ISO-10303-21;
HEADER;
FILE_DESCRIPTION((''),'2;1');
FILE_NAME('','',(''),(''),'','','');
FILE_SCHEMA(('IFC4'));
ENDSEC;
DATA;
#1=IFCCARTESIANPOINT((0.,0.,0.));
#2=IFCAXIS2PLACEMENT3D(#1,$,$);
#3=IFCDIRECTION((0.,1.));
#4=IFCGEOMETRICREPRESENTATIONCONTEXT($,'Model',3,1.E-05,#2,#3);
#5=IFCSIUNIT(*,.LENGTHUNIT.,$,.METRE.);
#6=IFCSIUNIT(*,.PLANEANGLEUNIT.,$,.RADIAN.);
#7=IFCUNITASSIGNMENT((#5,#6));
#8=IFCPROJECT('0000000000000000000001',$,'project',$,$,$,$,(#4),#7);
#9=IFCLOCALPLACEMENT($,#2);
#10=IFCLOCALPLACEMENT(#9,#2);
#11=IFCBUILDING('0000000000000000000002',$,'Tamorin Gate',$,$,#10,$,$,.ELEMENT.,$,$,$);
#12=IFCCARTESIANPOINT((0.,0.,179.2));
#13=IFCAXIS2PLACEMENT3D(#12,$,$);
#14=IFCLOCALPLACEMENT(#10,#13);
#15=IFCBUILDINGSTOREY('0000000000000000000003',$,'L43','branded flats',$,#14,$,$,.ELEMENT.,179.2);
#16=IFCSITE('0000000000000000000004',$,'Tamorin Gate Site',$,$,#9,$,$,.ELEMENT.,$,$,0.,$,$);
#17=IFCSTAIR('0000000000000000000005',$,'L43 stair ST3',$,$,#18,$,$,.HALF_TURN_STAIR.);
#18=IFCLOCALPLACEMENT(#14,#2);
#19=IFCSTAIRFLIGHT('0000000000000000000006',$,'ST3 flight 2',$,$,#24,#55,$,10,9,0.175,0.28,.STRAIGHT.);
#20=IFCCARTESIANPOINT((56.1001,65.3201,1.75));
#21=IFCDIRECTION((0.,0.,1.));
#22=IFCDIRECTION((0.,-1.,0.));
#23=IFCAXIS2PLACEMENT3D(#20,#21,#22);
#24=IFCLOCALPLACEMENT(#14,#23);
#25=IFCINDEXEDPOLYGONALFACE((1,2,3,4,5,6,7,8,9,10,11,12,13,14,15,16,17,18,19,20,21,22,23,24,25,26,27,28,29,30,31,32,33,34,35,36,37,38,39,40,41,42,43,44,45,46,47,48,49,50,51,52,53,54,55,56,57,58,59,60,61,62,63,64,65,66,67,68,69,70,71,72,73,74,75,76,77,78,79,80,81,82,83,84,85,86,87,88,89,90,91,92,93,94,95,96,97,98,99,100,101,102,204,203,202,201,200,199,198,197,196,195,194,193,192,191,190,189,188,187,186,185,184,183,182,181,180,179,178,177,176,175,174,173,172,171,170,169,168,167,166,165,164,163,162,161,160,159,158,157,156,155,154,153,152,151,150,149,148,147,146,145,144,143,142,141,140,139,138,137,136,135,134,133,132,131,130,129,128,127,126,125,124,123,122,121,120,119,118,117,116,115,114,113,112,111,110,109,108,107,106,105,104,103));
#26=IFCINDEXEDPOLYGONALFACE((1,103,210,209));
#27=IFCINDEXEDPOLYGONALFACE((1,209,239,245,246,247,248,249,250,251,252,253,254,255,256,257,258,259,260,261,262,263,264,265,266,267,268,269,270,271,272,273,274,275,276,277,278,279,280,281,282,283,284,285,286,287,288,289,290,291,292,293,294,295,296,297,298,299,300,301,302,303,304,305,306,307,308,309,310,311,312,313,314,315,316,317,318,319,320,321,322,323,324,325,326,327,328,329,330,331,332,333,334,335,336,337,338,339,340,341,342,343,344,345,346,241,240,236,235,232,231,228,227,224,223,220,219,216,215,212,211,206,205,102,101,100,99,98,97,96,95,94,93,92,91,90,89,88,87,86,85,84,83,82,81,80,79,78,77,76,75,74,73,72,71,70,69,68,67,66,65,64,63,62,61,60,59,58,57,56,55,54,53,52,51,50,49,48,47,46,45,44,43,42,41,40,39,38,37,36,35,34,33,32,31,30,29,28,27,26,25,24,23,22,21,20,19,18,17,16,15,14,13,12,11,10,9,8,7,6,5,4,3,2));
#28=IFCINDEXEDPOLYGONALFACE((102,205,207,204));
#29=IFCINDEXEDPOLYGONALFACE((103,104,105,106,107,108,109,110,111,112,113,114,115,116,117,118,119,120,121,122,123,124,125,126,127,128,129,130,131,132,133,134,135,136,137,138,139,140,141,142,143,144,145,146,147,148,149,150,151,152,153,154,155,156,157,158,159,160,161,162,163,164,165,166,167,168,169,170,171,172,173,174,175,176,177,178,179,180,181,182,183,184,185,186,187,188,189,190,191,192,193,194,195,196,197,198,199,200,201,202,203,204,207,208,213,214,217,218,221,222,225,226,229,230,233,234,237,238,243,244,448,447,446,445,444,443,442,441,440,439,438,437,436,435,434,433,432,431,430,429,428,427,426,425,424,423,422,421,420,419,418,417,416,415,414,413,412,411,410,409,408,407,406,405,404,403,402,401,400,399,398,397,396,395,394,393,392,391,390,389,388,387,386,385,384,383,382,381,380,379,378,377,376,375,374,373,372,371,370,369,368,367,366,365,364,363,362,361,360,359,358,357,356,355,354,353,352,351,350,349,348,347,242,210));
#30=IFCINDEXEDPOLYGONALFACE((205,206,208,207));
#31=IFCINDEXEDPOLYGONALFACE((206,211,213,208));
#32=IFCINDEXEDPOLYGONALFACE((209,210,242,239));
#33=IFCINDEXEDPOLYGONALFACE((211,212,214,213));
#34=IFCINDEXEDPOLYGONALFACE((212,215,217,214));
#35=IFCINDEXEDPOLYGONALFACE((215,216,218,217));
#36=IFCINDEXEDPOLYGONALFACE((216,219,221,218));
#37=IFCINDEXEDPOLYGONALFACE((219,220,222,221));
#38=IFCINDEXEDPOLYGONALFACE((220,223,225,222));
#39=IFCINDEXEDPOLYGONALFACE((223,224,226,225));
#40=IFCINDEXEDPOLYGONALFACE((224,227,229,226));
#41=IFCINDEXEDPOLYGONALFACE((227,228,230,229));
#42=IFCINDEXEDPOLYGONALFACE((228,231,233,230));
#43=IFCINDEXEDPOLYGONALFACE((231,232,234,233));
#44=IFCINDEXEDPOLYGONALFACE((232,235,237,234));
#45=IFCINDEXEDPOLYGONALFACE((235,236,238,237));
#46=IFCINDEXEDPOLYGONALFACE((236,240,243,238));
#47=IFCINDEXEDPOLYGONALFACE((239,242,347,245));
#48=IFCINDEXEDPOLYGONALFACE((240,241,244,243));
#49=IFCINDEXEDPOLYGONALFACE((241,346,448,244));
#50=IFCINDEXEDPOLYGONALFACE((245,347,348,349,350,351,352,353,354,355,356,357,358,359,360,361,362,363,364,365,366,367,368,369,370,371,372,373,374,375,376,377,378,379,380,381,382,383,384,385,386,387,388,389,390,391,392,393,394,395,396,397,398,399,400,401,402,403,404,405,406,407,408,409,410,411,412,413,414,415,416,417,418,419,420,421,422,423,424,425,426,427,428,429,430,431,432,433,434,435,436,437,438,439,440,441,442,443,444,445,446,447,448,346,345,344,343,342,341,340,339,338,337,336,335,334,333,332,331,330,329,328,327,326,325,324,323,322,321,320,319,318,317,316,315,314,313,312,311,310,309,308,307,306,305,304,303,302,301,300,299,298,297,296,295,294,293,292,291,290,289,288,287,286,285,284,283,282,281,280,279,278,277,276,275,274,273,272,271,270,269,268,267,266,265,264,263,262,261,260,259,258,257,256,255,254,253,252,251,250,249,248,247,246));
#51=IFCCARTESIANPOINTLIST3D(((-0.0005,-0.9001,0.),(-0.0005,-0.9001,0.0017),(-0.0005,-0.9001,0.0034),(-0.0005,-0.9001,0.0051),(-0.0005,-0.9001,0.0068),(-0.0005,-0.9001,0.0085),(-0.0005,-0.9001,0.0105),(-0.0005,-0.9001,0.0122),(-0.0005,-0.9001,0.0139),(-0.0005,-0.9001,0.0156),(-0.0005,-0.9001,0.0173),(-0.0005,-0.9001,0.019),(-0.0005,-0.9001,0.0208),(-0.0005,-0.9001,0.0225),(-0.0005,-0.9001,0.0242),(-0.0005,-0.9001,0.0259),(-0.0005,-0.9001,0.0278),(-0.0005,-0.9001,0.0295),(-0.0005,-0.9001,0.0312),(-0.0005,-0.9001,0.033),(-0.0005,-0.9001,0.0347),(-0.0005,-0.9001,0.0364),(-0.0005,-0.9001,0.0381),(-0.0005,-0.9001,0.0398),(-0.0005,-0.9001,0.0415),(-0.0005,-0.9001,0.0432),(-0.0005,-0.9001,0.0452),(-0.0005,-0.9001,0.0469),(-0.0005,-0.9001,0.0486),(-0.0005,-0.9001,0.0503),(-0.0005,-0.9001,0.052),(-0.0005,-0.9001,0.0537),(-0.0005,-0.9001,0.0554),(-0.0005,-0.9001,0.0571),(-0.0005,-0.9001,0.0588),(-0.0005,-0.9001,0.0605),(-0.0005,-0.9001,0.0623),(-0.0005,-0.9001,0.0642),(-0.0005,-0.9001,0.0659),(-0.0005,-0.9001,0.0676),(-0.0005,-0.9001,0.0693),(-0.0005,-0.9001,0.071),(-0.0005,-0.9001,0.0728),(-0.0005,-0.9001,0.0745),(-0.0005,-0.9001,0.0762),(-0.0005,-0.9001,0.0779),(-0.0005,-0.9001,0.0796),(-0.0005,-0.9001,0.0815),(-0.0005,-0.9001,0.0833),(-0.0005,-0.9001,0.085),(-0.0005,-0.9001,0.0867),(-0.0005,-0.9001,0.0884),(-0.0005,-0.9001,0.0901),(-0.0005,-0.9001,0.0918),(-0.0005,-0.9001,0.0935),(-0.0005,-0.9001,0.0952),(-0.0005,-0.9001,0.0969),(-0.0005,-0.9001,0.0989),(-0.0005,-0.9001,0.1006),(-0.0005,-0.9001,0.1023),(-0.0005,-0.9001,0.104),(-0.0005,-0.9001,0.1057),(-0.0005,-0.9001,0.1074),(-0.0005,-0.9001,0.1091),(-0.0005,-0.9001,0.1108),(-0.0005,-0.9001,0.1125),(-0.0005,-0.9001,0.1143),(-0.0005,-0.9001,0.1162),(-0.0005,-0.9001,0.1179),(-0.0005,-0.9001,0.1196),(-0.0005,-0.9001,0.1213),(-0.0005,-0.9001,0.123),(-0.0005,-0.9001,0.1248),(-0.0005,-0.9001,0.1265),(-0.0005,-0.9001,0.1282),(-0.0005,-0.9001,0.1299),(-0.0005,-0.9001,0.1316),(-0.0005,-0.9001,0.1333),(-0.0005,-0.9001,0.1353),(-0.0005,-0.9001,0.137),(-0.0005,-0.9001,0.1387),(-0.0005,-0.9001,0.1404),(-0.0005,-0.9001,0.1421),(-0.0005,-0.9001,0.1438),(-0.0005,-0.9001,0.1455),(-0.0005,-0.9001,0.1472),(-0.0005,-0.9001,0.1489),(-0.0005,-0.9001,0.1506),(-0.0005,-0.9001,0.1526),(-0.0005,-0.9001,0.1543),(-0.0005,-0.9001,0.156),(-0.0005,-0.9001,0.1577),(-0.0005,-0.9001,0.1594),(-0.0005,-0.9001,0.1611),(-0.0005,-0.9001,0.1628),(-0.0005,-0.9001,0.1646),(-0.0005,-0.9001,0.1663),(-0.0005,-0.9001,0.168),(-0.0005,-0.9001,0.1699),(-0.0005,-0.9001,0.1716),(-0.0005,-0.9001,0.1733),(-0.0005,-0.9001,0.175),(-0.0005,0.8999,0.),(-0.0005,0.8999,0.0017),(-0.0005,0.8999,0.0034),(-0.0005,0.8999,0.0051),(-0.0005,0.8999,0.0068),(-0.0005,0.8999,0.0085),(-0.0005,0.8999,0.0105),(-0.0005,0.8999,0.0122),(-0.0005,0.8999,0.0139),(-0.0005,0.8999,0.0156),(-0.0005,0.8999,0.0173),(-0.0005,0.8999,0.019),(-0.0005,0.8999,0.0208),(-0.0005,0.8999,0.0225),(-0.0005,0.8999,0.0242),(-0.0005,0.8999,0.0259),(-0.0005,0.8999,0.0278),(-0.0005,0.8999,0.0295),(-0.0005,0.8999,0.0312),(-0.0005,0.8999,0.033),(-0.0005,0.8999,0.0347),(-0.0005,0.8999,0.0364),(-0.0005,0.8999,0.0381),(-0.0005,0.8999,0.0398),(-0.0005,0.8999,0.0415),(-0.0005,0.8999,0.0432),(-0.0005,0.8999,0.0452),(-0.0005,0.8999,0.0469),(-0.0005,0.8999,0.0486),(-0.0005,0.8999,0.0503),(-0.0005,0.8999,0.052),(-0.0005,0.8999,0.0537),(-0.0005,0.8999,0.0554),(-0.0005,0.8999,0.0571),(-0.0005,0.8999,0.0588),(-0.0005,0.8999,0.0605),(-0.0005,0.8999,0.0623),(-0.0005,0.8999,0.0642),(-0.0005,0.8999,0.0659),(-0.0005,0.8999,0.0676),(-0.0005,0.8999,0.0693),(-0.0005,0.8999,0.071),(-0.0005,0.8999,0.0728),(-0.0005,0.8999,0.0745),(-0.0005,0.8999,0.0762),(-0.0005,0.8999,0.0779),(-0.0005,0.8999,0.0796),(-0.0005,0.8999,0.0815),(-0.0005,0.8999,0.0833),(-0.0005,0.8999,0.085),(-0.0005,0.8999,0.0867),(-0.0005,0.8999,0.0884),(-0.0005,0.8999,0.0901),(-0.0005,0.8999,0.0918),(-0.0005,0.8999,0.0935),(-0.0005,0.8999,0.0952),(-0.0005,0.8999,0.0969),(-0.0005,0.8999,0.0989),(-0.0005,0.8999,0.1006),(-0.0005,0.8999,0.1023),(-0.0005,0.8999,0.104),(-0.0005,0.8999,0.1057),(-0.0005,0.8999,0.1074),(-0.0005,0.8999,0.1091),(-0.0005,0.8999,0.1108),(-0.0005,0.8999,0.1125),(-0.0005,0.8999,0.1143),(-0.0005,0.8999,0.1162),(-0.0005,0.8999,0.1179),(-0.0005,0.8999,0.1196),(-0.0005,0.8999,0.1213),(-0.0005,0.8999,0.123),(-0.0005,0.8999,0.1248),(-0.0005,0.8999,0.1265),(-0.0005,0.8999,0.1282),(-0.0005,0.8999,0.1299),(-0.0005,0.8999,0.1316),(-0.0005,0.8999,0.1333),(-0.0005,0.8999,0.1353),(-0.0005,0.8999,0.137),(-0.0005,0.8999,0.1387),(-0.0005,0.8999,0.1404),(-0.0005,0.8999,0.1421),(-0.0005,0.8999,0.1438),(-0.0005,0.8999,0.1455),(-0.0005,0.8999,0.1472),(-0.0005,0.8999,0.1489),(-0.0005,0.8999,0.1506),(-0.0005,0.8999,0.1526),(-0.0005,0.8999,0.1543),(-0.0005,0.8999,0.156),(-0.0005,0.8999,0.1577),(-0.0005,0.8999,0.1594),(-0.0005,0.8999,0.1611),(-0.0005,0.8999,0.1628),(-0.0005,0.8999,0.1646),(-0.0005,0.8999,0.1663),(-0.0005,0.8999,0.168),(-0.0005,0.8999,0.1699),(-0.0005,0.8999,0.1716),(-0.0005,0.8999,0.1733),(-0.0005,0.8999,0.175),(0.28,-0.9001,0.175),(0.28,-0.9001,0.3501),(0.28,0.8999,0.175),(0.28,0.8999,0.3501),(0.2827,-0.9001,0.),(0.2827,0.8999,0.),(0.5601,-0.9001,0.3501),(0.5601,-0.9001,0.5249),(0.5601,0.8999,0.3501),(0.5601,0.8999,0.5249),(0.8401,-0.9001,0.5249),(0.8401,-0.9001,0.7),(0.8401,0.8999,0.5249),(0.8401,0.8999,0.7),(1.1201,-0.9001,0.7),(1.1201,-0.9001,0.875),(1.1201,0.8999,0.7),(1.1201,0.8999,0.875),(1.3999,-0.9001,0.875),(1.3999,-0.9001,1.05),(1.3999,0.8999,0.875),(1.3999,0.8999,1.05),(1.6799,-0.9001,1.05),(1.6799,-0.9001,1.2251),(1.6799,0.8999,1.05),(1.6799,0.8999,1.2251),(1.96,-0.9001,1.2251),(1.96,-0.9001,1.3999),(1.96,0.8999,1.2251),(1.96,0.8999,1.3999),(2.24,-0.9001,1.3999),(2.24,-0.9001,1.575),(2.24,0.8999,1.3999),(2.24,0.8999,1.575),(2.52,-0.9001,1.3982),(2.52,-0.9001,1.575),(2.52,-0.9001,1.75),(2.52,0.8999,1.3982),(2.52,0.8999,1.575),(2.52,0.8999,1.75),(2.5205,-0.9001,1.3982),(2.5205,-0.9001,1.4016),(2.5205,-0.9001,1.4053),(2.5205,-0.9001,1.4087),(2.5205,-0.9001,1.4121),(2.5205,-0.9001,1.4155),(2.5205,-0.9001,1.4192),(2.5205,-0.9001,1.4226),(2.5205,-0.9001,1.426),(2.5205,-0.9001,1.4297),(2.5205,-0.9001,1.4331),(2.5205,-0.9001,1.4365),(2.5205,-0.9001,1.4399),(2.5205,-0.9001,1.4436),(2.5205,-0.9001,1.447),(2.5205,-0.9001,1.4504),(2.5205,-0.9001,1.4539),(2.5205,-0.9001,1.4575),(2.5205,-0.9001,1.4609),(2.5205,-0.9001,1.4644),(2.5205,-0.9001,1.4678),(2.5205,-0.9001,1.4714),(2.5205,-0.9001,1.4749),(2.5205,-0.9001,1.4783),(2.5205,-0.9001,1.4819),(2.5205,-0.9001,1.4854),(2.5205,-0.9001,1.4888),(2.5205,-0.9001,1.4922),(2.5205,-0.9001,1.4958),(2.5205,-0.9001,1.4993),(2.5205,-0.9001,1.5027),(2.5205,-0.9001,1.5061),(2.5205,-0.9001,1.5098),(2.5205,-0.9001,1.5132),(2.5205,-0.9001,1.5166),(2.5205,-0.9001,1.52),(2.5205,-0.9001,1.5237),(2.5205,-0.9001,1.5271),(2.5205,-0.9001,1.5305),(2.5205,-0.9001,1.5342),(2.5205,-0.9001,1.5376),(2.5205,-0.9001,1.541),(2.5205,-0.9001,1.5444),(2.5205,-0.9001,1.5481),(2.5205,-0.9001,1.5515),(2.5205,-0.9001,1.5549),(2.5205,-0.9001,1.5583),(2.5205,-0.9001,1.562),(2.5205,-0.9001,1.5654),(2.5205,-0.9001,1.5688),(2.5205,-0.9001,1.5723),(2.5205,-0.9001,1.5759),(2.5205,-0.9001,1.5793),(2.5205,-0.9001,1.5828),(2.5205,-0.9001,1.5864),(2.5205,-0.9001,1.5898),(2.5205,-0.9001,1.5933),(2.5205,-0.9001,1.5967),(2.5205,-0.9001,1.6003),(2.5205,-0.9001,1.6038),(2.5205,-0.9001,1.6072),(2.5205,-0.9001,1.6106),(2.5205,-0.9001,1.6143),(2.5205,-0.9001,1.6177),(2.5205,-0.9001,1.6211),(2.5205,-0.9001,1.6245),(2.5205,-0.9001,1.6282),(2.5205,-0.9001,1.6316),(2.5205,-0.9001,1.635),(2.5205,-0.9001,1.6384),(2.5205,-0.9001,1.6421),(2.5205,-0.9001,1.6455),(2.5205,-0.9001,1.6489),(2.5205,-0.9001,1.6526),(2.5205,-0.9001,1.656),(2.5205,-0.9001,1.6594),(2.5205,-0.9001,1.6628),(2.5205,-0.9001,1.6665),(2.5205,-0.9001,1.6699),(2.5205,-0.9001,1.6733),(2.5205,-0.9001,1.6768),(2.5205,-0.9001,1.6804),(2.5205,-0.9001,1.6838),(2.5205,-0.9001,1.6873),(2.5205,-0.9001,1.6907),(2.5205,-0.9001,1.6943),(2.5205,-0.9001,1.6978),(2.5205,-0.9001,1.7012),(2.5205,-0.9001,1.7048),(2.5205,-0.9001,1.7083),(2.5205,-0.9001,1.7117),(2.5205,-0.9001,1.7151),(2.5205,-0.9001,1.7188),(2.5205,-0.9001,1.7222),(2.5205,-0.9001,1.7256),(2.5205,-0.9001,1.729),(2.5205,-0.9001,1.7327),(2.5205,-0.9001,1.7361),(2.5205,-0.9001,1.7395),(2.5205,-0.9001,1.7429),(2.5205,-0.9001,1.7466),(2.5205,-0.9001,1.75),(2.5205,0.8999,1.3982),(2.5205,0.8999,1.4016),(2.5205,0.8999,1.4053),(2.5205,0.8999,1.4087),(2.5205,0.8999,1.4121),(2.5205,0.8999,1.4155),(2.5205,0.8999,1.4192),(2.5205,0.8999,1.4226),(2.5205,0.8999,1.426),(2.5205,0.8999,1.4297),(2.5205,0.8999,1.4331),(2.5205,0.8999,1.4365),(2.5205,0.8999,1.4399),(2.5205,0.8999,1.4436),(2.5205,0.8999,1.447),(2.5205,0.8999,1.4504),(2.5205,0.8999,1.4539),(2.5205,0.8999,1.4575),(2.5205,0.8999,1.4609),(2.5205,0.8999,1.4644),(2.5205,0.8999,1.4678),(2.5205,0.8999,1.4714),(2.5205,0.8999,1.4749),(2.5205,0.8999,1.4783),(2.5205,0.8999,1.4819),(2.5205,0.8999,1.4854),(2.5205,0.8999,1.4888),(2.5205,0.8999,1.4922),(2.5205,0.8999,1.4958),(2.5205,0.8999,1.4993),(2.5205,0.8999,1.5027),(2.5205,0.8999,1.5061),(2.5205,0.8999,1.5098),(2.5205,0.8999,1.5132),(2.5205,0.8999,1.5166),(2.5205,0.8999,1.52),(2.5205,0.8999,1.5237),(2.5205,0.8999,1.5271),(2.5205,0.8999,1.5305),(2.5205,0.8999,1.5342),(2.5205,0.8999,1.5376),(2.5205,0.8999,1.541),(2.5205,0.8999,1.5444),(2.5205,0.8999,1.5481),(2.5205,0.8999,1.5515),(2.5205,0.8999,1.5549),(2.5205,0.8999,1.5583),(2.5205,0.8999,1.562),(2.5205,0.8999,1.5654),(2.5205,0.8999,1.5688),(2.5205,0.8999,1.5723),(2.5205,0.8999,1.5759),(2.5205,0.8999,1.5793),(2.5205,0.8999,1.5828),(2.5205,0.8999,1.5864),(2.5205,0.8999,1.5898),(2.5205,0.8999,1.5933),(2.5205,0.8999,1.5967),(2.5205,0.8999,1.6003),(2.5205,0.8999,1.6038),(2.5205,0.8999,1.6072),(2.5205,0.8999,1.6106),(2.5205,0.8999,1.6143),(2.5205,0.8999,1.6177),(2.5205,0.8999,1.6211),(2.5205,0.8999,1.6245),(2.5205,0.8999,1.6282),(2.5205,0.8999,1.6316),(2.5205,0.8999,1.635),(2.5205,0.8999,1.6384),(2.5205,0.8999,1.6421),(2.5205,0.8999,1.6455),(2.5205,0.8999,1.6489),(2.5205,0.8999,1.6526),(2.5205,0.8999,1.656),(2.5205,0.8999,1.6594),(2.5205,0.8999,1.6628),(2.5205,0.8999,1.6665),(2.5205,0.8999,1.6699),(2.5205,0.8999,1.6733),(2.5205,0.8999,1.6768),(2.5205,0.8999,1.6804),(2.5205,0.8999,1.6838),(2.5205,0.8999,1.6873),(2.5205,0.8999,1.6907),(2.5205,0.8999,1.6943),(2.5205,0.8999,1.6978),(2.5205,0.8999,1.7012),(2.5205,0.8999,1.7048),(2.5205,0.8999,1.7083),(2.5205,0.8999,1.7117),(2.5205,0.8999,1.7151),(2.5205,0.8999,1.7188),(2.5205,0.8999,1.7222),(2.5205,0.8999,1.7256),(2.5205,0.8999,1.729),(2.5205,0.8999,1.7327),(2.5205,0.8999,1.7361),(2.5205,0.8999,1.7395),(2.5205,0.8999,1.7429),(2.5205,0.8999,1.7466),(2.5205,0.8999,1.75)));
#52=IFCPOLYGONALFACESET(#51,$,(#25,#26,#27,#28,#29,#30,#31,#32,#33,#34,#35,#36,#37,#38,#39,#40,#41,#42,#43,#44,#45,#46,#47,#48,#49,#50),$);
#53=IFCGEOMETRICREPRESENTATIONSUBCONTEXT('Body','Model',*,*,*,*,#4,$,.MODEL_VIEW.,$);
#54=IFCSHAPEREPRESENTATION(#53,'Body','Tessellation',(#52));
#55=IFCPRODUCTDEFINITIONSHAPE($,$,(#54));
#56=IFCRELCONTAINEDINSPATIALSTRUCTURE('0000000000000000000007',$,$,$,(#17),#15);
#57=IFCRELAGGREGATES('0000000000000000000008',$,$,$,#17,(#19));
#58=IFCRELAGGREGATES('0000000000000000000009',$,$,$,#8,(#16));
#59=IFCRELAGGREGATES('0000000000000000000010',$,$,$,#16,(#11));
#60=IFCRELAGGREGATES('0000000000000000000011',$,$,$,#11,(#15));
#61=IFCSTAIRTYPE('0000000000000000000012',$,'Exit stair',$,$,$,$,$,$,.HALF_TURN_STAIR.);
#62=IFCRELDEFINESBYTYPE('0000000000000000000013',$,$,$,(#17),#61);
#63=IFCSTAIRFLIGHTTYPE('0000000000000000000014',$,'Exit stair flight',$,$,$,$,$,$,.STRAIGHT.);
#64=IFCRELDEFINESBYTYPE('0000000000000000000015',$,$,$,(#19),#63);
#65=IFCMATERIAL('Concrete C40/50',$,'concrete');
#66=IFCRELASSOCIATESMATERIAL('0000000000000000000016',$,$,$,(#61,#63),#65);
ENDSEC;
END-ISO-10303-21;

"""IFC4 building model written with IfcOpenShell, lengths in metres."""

from ifc_helpers import new_model, si_unit, direction, frame, origin, place, context, subcontext, project, spatial, polyline, outline, extrude, material, type_object, element, aggregate, save


model = new_model("IFC4")

# Units and contexts
model_context = context("Model", 3, precision=1e-05, world=origin(), true_north=direction((0.0, 1.0)))
body_context = subcontext(model_context, "Body", "Model", "MODEL_VIEW")
ifc_project = project(units=[si_unit("LENGTHUNIT", "METRE"), si_unit("PLANEANGLEUNIT", "RADIAN")], contexts=[model_context])

# Site, building, storey
site_placement = place(None, origin())
site = spatial("IfcSite", under=ifc_project, at=site_placement, Name="Tamorin Gate Site", CompositionType="ELEMENT", RefElevation=0.0)
building_placement = place(site_placement, origin())
building = spatial("IfcBuilding", under=site, at=building_placement, Name="Tamorin Gate", CompositionType="ELEMENT")
storey_placement = place(building_placement, frame((0.0, 0.0, 179.2)))
storey = spatial("IfcBuildingStorey", under=building, at=storey_placement, Name="L43", Description="branded flats", CompositionType="ELEMENT", Elevation=179.2)

# Shared definitions
ifc_material_1 = material(Name="Concrete C40/50", Category="concrete")

# Stair, stair flight
stair_type = type_object("IfcStairType", Name="Exit stair", PredefinedType="HALF_TURN_STAIR", material=ifc_material_1)
stair_placement = place(storey_placement, origin())
stair = element("IfcStair", 1, at=stair_placement, inside=storey, type_object=stair_type, Name="L43 stair ST3", PredefinedType="HALF_TURN_STAIR")
stair_flight_type = type_object("IfcStairFlightType", Name="Exit stair flight", PredefinedType="STRAIGHT", material=ifc_material_1)
stair_flight_1_placement = place(storey_placement, frame((56.1001, 65.3201, 1.75), z_axis=(0.0, 0.0, 1.0), x_axis=(0.0, -1.0, 0.0)))
stair_flight_1 = element("IfcStairFlight", 2, at=stair_flight_1_placement, type_object=stair_flight_type, Name="ST3 flight 2", NumberOfRisers=10, NumberOfTreads=9, PredefinedType="STRAIGHT", RiserHeight=0.175, TreadLength=0.28, context=body_context, shape_type="SweptSolid", body=[
    extrude(outline(polyline([(-0.0005, 0.0), (-0.0005, 0.0017), (-0.0005, 0.0034), (-0.0005, 0.0051), (-0.0005, 0.0068), (-0.0005, 0.0085), (-0.0005, 0.0105), (-0.0005, 0.0122), (-0.0005, 0.0139), (-0.0005, 0.0156), (-0.0005, 0.0173), (-0.0005, 0.019), (-0.0005, 0.0208), (-0.0005, 0.0225), (-0.0005, 0.0242), (-0.0005, 0.0259), (-0.0005, 0.0278), (-0.0005, 0.0295), (-0.0005, 0.0312), (-0.0005, 0.033), (-0.0005, 0.0347), (-0.0005, 0.0364), (-0.0005, 0.0381), (-0.0005, 0.0398), (-0.0005, 0.0415), (-0.0005, 0.0432), (-0.0005, 0.0452), (-0.0005, 0.0469), (-0.0005, 0.0486), (-0.0005, 0.0503), (-0.0005, 0.052), (-0.0005, 0.0537), (-0.0005, 0.0554), (-0.0005, 0.0571), (-0.0005, 0.0588), (-0.0005, 0.0605), (-0.0005, 0.0623), (-0.0005, 0.0642), (-0.0005, 0.0659), (-0.0005, 0.0676), (-0.0005, 0.0693), (-0.0005, 0.071), (-0.0005, 0.0728), (-0.0005, 0.0745), (-0.0005, 0.0762), (-0.0005, 0.0779), (-0.0005, 0.0796), (-0.0005, 0.0815), (-0.0005, 0.0833), (-0.0005, 0.085), (-0.0005, 0.0867), (-0.0005, 0.0884), (-0.0005, 0.0901), (-0.0005, 0.0918), (-0.0005, 0.0935), (-0.0005, 0.0952), (-0.0005, 0.0969), (-0.0005, 0.0989), (-0.0005, 0.1006), (-0.0005, 0.1023), (-0.0005, 0.104), (-0.0005, 0.1057), (-0.0005, 0.1074), (-0.0005, 0.1091), (-0.0005, 0.1108), (-0.0005, 0.1125), (-0.0005, 0.1143), (-0.0005, 0.1162), (-0.0005, 0.1179), (-0.0005, 0.1196), (-0.0005, 0.1213), (-0.0005, 0.123), (-0.0005, 0.1248), (-0.0005, 0.1265), (-0.0005, 0.1282), (-0.0005, 0.1299), (-0.0005, 0.1316), (-0.0005, 0.1333), (-0.0005, 0.1353), (-0.0005, 0.137), (-0.0005, 0.1387), (-0.0005, 0.1404), (-0.0005, 0.1421), (-0.0005, 0.1438), (-0.0005, 0.1455), (-0.0005, 0.1472), (-0.0005, 0.1489), (-0.0005, 0.1506), (-0.0005, 0.1526), (-0.0005, 0.1543), (-0.0005, 0.156), (-0.0005, 0.1577), (-0.0005, 0.1594), (-0.0005, 0.1611), (-0.0005, 0.1628), (-0.0005, 0.1646), (-0.0005, 0.1663), (-0.0005, 0.168), (-0.0005, 0.1699), (-0.0005, 0.1716), (-0.0005, 0.1733), (-0.0005, 0.175), (0.28, 0.175), (0.28, 0.3501), (0.5601, 0.3501), (0.5601, 0.5249), (0.8401, 0.5249), (0.8401, 0.7), (1.1201, 0.7), (1.1201, 0.875), (1.3999, 0.875), (1.3999, 1.05), (1.6799, 1.05), (1.6799, 1.2251), (1.96, 1.2251), (1.96, 1.3999), (2.24, 1.3999), (2.24, 1.575), (2.52, 1.575), (2.52, 1.75), (2.5205, 1.75), (2.5205, 1.7466), (2.5205, 1.7429), (2.5205, 1.7395), (2.5205, 1.7361), (2.5205, 1.7327), (2.5205, 1.729), (2.5205, 1.7256), (2.5205, 1.7222), (2.5205, 1.7188), (2.5205, 1.7151), (2.5205, 1.7117), (2.5205, 1.7083), (2.5205, 1.7048), (2.5205, 1.7012), (2.5205, 1.6978), (2.5205, 1.6943), (2.5205, 1.6907), (2.5205, 1.6873), (2.5205, 1.6838), (2.5205, 1.6804), (2.5205, 1.6768), (2.5205, 1.6733), (2.5205, 1.6699), (2.5205, 1.6665), (2.5205, 1.6628), (2.5205, 1.6594), (2.5205, 1.656), (2.5205, 1.6526), (2.5205, 1.6489), (2.5205, 1.6455), (2.5205, 1.6421), (2.5205, 1.6384), (2.5205, 1.635), (2.5205, 1.6316), (2.5205, 1.6282), (2.5205, 1.6245), (2.5205, 1.6211), (2.5205, 1.6177), (2.5205, 1.6143), (2.5205, 1.6106), (2.5205, 1.6072), (2.5205, 1.6038), (2.5205, 1.6003), (2.5205, 1.5967), (2.5205, 1.5933), (2.5205, 1.5898), (2.5205, 1.5864), (2.5205, 1.5828), (2.5205, 1.5793), (2.5205, 1.5759), (2.5205, 1.5723), (2.5205, 1.5688), (2.5205, 1.5654), (2.5205, 1.562), (2.5205, 1.5583), (2.5205, 1.5549), (2.5205, 1.5515), (2.5205, 1.5481), (2.5205, 1.5444), (2.5205, 1.541), (2.5205, 1.5376), (2.5205, 1.5342), (2.5205, 1.5305), (2.5205, 1.5271), (2.5205, 1.5237), (2.5205, 1.52), (2.5205, 1.5166), (2.5205, 1.5132), (2.5205, 1.5098), (2.5205, 1.5061), (2.5205, 1.5027), (2.5205, 1.4993), (2.5205, 1.4958), (2.5205, 1.4922), (2.5205, 1.4888), (2.5205, 1.4854), (2.5205, 1.4819), (2.5205, 1.4783), (2.5205, 1.4749), (2.5205, 1.4714), (2.5205, 1.4678), (2.5205, 1.4644), (2.5205, 1.4609), (2.5205, 1.4575), (2.5205, 1.4539), (2.5205, 1.4504), (2.5205, 1.447), (2.5205, 1.4436), (2.5205, 1.4399), (2.5205, 1.4365), (2.5205, 1.4331), (2.5205, 1.4297), (2.5205, 1.426), (2.5205, 1.4226), (2.5205, 1.4192), (2.5205, 1.4155), (2.5205, 1.4121), (2.5205, 1.4087), (2.5205, 1.4053), (2.5205, 1.4016), (2.5205, 1.3982), (2.52, 1.3982), (0.2827, 0.0), (-0.0005, 0.0)])), frame((0.0, 0.8999, 0.0), z_axis=(0.0, -1.0, 0.0), x_axis=(1.0, 0.0, 0.0)), (0.0, 0.0, 1.0), 1.8),
])
aggregate(stair, [stair_flight_1])

save(model, "model.ifc")
